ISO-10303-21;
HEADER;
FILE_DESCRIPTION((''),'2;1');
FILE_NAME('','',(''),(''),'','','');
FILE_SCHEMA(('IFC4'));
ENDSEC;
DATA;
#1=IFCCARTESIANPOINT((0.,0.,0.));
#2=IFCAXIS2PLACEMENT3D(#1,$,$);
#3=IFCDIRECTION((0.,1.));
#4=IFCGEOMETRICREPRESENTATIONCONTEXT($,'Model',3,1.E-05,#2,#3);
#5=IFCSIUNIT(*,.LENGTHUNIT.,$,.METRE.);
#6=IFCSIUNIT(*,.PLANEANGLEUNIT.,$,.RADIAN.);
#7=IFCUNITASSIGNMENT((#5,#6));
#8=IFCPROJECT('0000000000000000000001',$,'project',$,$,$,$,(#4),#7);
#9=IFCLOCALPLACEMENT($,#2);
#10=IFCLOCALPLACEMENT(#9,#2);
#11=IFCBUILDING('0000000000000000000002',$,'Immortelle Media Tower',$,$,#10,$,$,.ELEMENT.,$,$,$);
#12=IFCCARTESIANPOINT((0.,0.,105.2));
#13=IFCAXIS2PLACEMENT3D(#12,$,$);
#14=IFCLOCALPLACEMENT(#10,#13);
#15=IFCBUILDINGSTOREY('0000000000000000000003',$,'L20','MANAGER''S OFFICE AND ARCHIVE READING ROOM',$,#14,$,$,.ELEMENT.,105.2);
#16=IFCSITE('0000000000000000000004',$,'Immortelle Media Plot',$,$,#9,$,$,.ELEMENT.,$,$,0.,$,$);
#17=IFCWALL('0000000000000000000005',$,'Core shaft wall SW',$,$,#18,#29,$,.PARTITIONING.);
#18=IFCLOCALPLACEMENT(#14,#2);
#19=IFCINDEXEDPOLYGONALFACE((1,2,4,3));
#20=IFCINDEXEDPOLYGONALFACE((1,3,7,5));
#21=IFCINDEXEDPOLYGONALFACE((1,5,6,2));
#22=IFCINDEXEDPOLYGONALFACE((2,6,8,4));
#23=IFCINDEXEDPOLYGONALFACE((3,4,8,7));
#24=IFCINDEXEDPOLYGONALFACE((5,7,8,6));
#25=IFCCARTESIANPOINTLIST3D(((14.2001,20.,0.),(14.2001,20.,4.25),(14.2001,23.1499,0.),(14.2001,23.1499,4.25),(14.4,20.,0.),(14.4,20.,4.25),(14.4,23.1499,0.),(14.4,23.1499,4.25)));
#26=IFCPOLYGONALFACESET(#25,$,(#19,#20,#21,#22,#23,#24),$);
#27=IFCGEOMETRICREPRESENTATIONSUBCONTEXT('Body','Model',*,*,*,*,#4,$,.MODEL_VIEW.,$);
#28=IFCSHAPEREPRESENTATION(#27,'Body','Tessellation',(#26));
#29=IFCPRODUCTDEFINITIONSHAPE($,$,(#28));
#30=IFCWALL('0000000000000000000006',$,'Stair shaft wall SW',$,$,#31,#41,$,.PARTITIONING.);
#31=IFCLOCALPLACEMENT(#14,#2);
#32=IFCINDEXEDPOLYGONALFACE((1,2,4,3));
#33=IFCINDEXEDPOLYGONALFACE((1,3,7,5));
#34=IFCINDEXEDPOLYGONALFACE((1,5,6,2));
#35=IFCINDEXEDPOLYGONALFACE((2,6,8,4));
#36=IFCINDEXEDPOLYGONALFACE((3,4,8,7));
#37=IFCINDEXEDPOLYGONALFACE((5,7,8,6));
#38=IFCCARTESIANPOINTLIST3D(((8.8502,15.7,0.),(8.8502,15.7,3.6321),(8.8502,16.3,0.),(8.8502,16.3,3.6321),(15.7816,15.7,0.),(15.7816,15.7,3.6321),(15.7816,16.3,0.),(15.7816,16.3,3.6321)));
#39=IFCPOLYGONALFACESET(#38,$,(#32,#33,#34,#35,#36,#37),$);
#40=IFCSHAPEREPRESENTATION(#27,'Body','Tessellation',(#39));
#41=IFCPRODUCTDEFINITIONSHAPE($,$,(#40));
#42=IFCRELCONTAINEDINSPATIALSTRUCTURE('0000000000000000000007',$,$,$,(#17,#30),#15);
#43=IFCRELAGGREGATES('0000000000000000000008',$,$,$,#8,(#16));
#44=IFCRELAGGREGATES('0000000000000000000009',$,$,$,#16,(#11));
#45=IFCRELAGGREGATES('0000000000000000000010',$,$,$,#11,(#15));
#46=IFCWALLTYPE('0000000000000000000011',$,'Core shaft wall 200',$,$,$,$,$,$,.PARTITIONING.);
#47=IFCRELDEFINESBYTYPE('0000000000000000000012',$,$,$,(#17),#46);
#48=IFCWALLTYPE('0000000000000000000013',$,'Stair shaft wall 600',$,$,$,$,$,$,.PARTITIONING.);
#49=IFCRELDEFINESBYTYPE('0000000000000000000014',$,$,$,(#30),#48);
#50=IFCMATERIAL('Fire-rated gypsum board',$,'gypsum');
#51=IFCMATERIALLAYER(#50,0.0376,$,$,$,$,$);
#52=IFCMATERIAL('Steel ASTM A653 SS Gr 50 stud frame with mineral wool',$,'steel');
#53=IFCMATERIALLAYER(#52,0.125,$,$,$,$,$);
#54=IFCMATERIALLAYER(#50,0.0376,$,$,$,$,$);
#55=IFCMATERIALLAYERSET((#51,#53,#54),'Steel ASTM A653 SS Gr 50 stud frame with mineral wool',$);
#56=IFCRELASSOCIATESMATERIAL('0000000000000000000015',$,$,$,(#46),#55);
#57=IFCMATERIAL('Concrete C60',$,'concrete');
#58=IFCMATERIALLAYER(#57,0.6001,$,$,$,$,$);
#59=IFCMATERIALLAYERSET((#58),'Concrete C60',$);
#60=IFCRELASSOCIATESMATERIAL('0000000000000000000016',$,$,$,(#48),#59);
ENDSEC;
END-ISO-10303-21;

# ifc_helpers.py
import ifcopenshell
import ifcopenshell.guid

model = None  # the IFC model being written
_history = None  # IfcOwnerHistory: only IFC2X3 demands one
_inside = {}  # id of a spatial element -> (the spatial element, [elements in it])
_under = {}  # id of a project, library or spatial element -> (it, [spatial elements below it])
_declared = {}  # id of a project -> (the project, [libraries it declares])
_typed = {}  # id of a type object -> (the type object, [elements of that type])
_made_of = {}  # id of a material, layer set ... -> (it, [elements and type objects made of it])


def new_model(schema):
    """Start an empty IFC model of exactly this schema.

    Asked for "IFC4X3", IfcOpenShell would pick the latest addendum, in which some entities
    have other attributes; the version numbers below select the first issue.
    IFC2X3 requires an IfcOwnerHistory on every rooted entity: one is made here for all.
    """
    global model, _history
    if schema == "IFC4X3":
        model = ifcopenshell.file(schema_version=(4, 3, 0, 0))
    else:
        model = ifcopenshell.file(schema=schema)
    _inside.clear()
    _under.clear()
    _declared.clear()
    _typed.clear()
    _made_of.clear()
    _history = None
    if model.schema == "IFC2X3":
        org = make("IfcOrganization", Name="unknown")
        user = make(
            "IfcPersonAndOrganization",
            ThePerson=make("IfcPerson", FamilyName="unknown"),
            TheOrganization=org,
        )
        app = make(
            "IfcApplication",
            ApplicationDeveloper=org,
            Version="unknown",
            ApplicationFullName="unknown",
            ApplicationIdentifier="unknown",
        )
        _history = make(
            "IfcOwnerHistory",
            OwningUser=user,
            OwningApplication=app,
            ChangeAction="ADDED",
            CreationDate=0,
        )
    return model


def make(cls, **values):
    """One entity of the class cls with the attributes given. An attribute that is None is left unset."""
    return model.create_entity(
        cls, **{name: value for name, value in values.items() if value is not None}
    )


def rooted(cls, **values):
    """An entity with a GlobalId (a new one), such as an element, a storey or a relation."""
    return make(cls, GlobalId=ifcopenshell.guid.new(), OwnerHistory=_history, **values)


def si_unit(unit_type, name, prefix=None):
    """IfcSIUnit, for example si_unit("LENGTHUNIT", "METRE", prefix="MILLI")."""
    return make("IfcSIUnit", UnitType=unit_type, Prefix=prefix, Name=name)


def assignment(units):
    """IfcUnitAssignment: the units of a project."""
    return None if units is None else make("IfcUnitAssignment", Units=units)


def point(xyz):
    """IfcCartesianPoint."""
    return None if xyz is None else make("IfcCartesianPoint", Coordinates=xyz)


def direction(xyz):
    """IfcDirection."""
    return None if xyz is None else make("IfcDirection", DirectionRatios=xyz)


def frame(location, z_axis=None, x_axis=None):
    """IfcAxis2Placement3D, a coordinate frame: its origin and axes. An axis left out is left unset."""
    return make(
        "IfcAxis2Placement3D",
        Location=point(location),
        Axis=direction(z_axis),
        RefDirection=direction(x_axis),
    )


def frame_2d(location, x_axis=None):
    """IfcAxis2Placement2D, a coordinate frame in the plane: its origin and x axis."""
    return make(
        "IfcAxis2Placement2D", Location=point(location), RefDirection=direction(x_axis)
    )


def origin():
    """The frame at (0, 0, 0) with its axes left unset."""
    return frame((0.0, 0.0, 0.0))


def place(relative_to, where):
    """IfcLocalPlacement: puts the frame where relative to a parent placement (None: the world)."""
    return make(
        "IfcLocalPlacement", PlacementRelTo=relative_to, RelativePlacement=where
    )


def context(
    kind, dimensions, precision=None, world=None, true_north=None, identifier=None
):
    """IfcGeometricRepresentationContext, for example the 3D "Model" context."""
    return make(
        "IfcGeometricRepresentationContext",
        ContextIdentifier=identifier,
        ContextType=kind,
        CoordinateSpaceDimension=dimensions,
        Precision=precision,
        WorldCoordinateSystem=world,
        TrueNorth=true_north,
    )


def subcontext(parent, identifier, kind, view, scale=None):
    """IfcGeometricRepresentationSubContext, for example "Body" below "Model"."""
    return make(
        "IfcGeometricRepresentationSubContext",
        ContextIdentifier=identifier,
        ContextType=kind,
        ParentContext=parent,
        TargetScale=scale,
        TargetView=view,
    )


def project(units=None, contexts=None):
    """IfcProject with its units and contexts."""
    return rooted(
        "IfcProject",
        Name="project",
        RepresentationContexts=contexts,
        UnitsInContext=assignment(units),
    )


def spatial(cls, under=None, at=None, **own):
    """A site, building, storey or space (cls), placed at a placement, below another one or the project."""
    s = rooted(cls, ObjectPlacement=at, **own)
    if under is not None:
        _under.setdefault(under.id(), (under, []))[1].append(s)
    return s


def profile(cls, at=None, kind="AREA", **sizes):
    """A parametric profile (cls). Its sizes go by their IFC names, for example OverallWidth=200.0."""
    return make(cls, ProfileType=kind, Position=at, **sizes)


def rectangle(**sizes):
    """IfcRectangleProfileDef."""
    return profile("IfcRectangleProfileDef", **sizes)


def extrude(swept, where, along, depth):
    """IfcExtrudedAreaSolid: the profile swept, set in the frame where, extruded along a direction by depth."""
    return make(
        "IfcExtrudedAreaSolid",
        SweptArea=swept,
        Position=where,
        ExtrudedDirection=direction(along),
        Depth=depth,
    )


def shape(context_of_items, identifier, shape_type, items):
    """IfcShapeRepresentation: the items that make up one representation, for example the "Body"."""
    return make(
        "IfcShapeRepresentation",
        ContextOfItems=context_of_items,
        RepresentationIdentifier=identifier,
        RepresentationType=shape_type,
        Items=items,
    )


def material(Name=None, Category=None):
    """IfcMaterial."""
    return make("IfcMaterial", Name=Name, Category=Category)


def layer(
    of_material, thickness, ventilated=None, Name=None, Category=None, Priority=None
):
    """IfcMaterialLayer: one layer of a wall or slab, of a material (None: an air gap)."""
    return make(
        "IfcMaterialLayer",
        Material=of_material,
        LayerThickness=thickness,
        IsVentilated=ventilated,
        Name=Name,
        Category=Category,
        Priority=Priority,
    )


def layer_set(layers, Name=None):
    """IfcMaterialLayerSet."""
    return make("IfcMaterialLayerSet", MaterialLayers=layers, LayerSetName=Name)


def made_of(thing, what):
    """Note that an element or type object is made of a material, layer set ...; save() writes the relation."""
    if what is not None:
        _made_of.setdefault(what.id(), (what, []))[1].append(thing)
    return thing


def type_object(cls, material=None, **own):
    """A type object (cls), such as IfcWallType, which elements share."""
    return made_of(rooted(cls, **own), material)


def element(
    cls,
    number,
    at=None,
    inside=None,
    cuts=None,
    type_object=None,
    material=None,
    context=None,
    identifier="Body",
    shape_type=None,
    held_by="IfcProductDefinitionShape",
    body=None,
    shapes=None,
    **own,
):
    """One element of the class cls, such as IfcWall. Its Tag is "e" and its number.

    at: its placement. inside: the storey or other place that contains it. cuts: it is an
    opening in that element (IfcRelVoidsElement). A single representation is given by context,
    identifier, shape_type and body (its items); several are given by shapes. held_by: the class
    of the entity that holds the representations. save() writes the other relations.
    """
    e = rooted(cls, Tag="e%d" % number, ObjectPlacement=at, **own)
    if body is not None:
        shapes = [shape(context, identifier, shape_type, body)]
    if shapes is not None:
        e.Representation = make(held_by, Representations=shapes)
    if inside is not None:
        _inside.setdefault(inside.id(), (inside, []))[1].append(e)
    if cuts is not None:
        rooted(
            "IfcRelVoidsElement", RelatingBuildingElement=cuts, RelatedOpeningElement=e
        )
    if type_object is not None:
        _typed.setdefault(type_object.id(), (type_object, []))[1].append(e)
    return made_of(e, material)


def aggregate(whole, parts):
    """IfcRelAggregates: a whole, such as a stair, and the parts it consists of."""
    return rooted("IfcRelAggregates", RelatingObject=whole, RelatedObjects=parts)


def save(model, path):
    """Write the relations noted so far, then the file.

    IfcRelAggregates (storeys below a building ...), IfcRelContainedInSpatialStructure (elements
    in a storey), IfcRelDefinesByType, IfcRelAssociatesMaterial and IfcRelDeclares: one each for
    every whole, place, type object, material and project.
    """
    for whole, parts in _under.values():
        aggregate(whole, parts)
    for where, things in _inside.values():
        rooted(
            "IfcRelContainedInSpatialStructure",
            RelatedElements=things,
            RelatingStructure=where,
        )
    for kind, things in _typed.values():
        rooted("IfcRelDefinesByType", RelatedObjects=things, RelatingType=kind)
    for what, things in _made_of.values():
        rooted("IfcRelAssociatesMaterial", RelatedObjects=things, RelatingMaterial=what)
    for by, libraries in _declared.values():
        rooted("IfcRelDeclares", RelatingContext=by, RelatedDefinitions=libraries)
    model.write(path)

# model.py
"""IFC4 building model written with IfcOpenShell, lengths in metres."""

from ifc_helpers import new_model, si_unit, direction, frame, frame_2d, origin, place, context, subcontext, project, spatial, rectangle, extrude, material, layer, layer_set, type_object, element, save


model = new_model("IFC4")

# Units and contexts
model_context = context("Model", 3, precision=1e-05, world=origin(), true_north=direction((0.0, 1.0)))
body_context = subcontext(model_context, "Body", "Model", "MODEL_VIEW")
ifc_project = project(units=[si_unit("LENGTHUNIT", "METRE"), si_unit("PLANEANGLEUNIT", "RADIAN")], contexts=[model_context])

# Site, building, storey
site_placement = place(None, origin())
site = spatial("IfcSite", under=ifc_project, at=site_placement, Name="Immortelle Media Plot", CompositionType="ELEMENT", RefElevation=0.0)
building_placement = place(site_placement, origin())
building = spatial("IfcBuilding", under=site, at=building_placement, Name="Immortelle Media Tower", CompositionType="ELEMENT")
storey_placement = place(building_placement, frame((0.0, 0.0, 105.2)))
storey = spatial("IfcBuildingStorey", under=building, at=storey_placement, Name="L20", Description="MANAGER'S OFFICE AND ARCHIVE READING ROOM", CompositionType="ELEMENT", Elevation=105.2)

# Shared definitions
ifc_material_1 = material(Name="Fire-rated gypsum board", Category="gypsum")
ifc_material_2 = material(Name="Steel ASTM A653 SS Gr 50 stud frame with mineral wool", Category="steel")

# Shared definitions
ifc_layer_1 = layer(ifc_material_1, 0.0376)
ifc_layer_2 = layer(ifc_material_2, 0.125)
ifc_layer_3 = layer(ifc_material_1, 0.0376)
ifc_layer_set_1 = layer_set([ifc_layer_1, ifc_layer_2, ifc_layer_3], Name="Steel ASTM A653 SS Gr 50 stud frame with mineral wool")
wall_type_1 = type_object("IfcWallType", Name="Core shaft wall 200", PredefinedType="PARTITIONING", material=ifc_layer_set_1)

# Walls
for number, where, z_axis, x_axis, name in (
    (1, (14.3, 20.0, 0.0), (0.0, 0.0, 1.0), (0.0, 1.0, 0.0), "Core shaft wall SW"),
):
    element("IfcWall", number, at=place(storey_placement, frame(where, z_axis=z_axis, x_axis=x_axis)), inside=storey, type_object=wall_type_1, Name=name, PredefinedType="PARTITIONING", context=body_context, shape_type="SweptSolid", body=[
        extrude(rectangle(XDim=3.1499, YDim=0.2, at=frame_2d((1.575, 0.0))), origin(), (0.0, 0.0, 1.0), 4.25),
    ])
ifc_material_3 = material(Name="Concrete C60", Category="concrete")
ifc_layer_4 = layer(ifc_material_3, 0.6001)
ifc_layer_set_2 = layer_set([ifc_layer_4], Name="Concrete C60")
wall_type_2 = type_object("IfcWallType", Name="Stair shaft wall 600", PredefinedType="PARTITIONING", material=ifc_layer_set_2)
wall_1_placement = place(storey_placement, frame((8.8501, 16.0, 0.0), z_axis=(0.0, 0.0, 1.0), x_axis=(1.0, 0.0, 0.0)))
element("IfcWall", 2, at=wall_1_placement, inside=storey, type_object=wall_type_2, Name="Stair shaft wall SW", PredefinedType="PARTITIONING", context=body_context, shape_type="SweptSolid", body=[
    extrude(rectangle(XDim=6.9314, YDim=0.6001, at=frame_2d((3.4658, 0.0))), origin(), (0.0, 0.0, 1.0), 3.6321),
])

save(model, "model.ifc")
